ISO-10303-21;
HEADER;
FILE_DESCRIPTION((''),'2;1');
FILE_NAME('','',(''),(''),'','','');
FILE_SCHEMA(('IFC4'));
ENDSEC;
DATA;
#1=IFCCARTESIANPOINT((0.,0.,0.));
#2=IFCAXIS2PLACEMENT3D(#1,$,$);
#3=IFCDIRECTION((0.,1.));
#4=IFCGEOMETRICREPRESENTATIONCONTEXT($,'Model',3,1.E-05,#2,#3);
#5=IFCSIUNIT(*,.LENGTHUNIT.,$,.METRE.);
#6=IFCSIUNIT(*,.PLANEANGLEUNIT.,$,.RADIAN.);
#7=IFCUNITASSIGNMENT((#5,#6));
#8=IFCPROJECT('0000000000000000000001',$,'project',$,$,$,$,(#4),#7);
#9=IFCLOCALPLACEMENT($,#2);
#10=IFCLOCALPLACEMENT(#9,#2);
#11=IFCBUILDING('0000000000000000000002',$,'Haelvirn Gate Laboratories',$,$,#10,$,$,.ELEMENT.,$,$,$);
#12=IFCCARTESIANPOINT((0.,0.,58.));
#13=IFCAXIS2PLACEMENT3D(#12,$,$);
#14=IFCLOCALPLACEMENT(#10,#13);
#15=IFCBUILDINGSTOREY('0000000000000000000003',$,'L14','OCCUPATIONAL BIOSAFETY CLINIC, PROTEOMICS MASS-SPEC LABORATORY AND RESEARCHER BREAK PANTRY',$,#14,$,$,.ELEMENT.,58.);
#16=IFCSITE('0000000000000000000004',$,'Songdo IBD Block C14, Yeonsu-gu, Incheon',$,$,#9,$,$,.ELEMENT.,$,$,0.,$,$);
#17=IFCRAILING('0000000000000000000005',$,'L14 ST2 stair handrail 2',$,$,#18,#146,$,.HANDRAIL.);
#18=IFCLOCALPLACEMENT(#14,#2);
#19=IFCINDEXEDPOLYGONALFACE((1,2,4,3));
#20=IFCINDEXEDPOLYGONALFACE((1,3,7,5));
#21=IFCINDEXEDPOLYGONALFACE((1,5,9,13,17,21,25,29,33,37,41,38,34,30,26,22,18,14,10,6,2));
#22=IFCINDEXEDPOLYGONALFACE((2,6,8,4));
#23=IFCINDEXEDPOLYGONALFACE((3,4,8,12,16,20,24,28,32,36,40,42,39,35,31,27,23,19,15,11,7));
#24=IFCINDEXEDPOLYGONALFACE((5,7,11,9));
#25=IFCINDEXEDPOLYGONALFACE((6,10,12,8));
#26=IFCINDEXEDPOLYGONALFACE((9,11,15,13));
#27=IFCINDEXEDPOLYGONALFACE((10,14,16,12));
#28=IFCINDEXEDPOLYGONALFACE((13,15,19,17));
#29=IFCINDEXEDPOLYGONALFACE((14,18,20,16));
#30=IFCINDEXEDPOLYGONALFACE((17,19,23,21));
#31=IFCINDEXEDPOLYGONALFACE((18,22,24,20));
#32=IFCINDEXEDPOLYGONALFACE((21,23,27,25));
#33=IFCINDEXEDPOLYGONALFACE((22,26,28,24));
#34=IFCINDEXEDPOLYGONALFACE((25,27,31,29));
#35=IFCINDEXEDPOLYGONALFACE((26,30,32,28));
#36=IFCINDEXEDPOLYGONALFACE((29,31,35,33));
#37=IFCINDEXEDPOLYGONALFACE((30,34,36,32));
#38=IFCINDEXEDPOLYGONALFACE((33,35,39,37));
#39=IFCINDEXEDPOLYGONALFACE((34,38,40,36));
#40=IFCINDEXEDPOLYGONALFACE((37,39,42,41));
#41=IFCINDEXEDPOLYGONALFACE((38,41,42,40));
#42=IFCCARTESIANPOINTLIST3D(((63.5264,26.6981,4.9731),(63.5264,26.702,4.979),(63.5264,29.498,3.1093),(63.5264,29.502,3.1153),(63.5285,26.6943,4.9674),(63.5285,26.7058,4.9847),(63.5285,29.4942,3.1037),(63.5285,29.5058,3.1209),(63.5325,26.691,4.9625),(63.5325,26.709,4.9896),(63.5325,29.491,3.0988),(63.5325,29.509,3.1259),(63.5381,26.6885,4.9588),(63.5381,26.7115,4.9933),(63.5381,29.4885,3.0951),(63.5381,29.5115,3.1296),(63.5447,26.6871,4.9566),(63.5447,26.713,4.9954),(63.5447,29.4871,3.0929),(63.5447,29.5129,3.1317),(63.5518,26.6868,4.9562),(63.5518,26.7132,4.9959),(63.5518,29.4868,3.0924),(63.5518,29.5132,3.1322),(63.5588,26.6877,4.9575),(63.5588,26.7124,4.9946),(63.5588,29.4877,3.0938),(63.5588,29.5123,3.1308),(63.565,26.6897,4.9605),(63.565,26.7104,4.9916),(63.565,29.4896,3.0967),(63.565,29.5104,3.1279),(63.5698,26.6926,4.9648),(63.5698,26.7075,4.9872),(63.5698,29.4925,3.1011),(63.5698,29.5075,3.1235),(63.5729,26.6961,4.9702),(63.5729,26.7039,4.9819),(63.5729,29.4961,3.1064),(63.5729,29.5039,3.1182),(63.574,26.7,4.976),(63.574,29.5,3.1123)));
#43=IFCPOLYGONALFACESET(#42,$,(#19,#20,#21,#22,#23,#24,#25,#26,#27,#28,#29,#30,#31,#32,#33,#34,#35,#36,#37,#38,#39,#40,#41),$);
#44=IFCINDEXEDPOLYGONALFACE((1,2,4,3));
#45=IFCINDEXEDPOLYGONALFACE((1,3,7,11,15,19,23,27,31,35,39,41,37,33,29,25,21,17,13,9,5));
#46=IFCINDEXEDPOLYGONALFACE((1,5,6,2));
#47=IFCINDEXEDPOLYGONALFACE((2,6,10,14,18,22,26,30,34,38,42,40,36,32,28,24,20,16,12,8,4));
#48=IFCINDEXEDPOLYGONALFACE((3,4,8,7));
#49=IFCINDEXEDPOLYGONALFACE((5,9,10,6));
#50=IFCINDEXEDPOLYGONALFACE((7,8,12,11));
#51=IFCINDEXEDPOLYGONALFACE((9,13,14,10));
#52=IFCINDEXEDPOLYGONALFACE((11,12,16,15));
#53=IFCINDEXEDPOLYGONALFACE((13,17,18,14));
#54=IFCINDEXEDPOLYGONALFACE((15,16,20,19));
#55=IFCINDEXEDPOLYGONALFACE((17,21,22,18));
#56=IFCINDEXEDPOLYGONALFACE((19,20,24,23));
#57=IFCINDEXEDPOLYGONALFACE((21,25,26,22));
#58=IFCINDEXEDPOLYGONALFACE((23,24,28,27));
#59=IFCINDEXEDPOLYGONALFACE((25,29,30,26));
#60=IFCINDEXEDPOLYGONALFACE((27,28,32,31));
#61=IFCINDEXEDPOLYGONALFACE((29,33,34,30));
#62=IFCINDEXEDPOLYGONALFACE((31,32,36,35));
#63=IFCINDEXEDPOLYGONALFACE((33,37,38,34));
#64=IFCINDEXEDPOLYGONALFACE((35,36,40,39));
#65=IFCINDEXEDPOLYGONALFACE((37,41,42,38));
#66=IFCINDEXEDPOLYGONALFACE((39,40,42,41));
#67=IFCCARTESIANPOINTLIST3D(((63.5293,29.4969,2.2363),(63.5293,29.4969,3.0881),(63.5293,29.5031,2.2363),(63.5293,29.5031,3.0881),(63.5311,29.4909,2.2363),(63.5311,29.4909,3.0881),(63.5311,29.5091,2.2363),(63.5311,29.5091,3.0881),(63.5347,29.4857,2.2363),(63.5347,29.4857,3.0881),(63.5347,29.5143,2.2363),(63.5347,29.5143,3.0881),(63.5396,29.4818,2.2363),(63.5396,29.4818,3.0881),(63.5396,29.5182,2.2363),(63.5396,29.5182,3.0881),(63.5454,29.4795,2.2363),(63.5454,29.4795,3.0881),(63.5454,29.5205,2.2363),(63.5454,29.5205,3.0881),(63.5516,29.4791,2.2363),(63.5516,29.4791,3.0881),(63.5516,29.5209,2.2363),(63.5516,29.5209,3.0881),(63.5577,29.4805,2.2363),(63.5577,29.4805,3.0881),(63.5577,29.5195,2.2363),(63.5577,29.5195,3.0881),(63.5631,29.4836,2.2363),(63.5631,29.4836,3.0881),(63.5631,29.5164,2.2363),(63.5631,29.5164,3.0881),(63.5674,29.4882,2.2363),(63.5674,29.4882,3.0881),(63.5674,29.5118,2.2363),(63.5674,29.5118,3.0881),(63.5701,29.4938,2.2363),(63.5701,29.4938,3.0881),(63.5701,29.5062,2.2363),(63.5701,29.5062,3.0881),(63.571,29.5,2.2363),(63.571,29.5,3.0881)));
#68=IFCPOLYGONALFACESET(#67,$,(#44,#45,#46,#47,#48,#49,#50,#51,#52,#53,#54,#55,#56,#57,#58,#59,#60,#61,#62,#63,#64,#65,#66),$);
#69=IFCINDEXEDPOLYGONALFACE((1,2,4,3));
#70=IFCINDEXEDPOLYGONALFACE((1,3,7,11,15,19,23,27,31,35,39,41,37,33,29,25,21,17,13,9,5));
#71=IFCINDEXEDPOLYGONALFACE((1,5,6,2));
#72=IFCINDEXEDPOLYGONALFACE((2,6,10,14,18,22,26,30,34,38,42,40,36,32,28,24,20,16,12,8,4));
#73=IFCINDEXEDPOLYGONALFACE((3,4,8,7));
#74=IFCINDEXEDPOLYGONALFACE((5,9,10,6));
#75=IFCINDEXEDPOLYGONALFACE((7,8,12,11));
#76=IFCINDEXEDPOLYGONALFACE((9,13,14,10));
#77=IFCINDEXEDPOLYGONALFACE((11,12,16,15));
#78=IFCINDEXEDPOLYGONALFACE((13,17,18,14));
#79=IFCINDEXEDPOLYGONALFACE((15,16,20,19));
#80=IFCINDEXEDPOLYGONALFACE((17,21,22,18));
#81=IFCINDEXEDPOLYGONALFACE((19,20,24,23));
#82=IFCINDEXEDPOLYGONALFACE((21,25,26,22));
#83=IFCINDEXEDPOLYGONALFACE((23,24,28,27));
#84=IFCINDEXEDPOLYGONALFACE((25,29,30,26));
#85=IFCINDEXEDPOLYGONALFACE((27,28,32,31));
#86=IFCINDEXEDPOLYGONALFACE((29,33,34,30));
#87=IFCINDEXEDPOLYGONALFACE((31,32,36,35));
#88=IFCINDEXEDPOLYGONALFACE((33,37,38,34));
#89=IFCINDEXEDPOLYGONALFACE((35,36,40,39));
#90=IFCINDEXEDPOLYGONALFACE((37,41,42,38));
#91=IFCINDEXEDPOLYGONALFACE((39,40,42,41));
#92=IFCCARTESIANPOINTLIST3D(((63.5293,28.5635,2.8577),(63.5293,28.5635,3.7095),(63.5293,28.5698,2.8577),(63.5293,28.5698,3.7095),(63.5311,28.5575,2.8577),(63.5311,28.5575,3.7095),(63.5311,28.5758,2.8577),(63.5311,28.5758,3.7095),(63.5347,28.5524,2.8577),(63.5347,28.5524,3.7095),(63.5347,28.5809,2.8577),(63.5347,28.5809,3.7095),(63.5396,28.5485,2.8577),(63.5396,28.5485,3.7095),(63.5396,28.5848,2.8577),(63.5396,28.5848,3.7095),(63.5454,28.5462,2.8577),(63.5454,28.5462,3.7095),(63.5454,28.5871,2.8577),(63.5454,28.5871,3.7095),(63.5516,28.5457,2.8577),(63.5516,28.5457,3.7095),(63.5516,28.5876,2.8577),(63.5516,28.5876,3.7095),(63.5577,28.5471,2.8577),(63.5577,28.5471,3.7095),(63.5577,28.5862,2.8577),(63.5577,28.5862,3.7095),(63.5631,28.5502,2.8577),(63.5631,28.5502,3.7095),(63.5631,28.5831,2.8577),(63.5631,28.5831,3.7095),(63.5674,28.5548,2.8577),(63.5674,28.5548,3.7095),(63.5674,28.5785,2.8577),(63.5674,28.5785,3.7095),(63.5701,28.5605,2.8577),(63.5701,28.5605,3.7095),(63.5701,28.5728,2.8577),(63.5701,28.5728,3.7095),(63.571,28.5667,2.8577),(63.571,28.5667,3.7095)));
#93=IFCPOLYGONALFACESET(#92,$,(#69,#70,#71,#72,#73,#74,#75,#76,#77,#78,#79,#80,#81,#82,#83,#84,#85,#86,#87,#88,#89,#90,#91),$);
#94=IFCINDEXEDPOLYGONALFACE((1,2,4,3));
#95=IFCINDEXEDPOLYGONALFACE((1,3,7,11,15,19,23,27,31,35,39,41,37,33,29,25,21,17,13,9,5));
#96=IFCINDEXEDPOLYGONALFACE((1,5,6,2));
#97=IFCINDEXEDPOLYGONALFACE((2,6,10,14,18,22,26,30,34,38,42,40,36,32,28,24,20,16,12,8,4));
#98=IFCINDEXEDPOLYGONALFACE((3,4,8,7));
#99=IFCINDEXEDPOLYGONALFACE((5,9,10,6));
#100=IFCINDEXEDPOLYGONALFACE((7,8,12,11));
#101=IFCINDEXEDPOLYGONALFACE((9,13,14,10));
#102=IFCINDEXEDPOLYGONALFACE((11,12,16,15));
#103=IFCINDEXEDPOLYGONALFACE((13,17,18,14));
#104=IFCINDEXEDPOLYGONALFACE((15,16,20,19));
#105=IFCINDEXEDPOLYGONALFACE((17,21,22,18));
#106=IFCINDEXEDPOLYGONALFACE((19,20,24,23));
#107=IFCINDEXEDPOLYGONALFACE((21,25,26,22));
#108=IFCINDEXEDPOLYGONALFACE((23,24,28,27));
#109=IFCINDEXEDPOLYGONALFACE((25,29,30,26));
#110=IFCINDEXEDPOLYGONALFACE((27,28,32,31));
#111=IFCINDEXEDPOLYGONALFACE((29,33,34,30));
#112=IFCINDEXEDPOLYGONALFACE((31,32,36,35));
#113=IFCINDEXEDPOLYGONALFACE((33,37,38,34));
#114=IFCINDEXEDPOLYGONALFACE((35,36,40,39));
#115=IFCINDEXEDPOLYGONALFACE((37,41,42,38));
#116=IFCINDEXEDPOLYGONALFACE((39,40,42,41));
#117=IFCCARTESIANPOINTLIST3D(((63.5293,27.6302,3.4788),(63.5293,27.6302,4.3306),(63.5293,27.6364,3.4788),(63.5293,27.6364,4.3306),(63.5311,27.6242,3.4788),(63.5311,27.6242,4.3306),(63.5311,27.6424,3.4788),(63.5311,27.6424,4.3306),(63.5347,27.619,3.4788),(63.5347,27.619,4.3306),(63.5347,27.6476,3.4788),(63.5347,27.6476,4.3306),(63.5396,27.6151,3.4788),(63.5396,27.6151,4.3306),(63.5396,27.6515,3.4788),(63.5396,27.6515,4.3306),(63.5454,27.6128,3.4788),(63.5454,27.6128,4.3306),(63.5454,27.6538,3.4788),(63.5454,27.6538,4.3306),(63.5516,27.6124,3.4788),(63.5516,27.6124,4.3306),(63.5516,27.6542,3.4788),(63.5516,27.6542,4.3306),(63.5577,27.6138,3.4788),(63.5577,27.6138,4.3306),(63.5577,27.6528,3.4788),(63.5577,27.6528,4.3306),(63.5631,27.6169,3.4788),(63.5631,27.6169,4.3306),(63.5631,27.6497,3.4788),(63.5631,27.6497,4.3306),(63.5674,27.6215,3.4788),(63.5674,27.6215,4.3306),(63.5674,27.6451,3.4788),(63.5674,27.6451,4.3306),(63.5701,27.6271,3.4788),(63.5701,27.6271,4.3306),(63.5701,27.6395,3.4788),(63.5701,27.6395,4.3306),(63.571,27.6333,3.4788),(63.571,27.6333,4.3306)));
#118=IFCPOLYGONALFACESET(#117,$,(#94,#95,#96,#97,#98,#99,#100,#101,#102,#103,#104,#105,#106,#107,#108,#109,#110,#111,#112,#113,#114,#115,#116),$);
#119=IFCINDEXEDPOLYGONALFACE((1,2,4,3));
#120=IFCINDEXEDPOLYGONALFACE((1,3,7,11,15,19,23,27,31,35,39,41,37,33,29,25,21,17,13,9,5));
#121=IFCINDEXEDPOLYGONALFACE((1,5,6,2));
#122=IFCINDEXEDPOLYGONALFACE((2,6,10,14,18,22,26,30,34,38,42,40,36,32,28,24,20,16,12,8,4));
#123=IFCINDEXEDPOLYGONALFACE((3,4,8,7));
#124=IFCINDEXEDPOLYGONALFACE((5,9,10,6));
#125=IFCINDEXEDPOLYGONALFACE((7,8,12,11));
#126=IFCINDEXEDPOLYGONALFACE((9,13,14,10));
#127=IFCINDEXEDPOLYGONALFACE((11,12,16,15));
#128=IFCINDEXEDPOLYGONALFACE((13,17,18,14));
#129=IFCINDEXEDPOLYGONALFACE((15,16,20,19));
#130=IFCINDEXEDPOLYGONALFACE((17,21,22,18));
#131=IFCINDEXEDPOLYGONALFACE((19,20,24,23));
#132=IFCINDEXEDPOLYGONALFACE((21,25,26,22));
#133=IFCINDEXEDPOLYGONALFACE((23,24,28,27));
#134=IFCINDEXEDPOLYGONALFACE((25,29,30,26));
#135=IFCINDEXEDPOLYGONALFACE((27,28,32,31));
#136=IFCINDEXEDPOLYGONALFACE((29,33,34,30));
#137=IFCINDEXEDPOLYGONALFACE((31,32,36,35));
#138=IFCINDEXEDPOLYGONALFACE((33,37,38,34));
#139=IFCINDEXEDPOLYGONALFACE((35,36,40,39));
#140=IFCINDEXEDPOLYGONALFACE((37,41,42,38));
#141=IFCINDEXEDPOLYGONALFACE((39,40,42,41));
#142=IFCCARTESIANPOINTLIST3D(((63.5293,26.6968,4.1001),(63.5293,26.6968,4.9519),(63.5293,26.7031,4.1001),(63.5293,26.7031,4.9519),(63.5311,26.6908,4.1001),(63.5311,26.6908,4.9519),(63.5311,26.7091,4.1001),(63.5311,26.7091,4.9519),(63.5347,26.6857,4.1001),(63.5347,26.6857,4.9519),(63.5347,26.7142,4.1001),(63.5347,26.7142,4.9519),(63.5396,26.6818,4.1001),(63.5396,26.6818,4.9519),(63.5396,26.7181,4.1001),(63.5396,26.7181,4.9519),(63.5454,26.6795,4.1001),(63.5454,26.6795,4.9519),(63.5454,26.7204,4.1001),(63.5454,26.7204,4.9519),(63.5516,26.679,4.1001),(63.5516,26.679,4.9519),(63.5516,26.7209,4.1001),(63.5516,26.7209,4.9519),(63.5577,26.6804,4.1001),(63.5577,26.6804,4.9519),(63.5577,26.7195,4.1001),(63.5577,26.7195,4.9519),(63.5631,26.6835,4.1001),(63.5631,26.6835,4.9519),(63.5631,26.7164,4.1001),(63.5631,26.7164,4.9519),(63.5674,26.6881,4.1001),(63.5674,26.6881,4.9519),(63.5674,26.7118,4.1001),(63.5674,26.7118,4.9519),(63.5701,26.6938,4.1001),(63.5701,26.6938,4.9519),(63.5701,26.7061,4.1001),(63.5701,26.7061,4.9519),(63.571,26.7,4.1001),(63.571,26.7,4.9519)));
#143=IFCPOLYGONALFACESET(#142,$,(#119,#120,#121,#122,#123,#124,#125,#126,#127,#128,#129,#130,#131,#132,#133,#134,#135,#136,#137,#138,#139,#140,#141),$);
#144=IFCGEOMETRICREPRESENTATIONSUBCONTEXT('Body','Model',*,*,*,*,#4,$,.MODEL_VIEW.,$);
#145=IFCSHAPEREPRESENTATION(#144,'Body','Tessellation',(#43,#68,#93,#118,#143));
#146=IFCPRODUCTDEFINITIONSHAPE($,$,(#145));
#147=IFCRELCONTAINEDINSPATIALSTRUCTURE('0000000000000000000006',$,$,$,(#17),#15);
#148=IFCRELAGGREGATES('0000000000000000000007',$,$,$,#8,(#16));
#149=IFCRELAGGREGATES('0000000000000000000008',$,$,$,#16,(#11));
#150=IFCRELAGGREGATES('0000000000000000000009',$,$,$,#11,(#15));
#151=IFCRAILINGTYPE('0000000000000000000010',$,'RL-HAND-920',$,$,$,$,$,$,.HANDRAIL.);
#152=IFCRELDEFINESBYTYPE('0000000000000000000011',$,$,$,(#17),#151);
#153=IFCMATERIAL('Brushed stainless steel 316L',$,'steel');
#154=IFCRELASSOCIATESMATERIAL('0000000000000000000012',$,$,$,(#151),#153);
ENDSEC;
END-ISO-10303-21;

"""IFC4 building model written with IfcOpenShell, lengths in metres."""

from ifc_helpers import new_model, si_unit, direction, frame, origin, origin_2d, place, context, subcontext, project, spatial, circle, extrude, source, transform, mapped, material, type_object, element, save


model = new_model("IFC4")

# Units and contexts
model_context = context("Model", 3, precision=1e-05, world=origin(), true_north=direction((0.0, 1.0)))
body_context = subcontext(model_context, "Body", "Model", "MODEL_VIEW")
ifc_project = project(units=[si_unit("LENGTHUNIT", "METRE"), si_unit("PLANEANGLEUNIT", "RADIAN")], contexts=[model_context])

# Site, building, storey
site_placement = place(None, origin())
site = spatial("IfcSite", under=ifc_project, at=site_placement, Name="Songdo IBD Block C14, Yeonsu-gu, Incheon", CompositionType="ELEMENT", RefElevation=0.0)
building_placement = place(site_placement, origin())
building = spatial("IfcBuilding", under=site, at=building_placement, Name="Haelvirn Gate Laboratories", CompositionType="ELEMENT")
storey_placement = place(building_placement, frame((0.0, 0.0, 58.0)))
storey = spatial("IfcBuildingStorey", under=building, at=storey_placement, Name="L14", Description="OCCUPATIONAL BIOSAFETY CLINIC, PROTEOMICS MASS-SPEC LABORATORY AND RESEARCHER BREAK PANTRY", CompositionType="ELEMENT", Elevation=58.0)

# Railing
ifc_material_1 = material(Name="Brushed stainless steel 316L", Category="steel")
railing_type_1 = type_object("IfcRailingType", Name="RL-HAND-920", PredefinedType="HANDRAIL", material=ifc_material_1)
shared_shape_1 = source(origin(), body_context, "Body", "SweptSolid", [
    extrude(circle(Radius=0.0239, at=origin_2d()), frame((0.0, 0.0, 0.876), z_axis=(0.0, -0.832452, 0.554097), x_axis=(1.0, 0.0, 0.0)), (0.0, 0.0, 1.0), 3.3635),
    extrude(circle(Radius=0.021, at=origin_2d()), origin(), (0.0, 0.0, 1.0), 0.8518),
    extrude(circle(Radius=0.021, at=origin_2d()), frame((0.0, -0.9333, 0.6213)), (0.0, 0.0, 1.0), 0.8518),
    extrude(circle(Radius=0.021, at=origin_2d()), frame((0.0, -1.8667, 1.2424)), (0.0, 0.0, 1.0), 0.8518),
    extrude(circle(Radius=0.021, at=origin_2d()), frame((0.0, -2.8, 1.8638)), (0.0, 0.0, 1.0), 0.8518),
])
railing_1_placement = place(storey_placement, frame((63.55, 29.5, 2.2363)))
element("IfcRailing", 1, at=railing_1_placement, inside=storey, type_object=railing_type_1, Name="L14 ST2 stair handrail 2", PredefinedType="HANDRAIL", context=body_context, shape_type="MappedRepresentation", body=[
    mapped(shared_shape_1, transform((0.0, 0.0, 0.0), scale=1.0)),
])

save(model, "model.ifc")
